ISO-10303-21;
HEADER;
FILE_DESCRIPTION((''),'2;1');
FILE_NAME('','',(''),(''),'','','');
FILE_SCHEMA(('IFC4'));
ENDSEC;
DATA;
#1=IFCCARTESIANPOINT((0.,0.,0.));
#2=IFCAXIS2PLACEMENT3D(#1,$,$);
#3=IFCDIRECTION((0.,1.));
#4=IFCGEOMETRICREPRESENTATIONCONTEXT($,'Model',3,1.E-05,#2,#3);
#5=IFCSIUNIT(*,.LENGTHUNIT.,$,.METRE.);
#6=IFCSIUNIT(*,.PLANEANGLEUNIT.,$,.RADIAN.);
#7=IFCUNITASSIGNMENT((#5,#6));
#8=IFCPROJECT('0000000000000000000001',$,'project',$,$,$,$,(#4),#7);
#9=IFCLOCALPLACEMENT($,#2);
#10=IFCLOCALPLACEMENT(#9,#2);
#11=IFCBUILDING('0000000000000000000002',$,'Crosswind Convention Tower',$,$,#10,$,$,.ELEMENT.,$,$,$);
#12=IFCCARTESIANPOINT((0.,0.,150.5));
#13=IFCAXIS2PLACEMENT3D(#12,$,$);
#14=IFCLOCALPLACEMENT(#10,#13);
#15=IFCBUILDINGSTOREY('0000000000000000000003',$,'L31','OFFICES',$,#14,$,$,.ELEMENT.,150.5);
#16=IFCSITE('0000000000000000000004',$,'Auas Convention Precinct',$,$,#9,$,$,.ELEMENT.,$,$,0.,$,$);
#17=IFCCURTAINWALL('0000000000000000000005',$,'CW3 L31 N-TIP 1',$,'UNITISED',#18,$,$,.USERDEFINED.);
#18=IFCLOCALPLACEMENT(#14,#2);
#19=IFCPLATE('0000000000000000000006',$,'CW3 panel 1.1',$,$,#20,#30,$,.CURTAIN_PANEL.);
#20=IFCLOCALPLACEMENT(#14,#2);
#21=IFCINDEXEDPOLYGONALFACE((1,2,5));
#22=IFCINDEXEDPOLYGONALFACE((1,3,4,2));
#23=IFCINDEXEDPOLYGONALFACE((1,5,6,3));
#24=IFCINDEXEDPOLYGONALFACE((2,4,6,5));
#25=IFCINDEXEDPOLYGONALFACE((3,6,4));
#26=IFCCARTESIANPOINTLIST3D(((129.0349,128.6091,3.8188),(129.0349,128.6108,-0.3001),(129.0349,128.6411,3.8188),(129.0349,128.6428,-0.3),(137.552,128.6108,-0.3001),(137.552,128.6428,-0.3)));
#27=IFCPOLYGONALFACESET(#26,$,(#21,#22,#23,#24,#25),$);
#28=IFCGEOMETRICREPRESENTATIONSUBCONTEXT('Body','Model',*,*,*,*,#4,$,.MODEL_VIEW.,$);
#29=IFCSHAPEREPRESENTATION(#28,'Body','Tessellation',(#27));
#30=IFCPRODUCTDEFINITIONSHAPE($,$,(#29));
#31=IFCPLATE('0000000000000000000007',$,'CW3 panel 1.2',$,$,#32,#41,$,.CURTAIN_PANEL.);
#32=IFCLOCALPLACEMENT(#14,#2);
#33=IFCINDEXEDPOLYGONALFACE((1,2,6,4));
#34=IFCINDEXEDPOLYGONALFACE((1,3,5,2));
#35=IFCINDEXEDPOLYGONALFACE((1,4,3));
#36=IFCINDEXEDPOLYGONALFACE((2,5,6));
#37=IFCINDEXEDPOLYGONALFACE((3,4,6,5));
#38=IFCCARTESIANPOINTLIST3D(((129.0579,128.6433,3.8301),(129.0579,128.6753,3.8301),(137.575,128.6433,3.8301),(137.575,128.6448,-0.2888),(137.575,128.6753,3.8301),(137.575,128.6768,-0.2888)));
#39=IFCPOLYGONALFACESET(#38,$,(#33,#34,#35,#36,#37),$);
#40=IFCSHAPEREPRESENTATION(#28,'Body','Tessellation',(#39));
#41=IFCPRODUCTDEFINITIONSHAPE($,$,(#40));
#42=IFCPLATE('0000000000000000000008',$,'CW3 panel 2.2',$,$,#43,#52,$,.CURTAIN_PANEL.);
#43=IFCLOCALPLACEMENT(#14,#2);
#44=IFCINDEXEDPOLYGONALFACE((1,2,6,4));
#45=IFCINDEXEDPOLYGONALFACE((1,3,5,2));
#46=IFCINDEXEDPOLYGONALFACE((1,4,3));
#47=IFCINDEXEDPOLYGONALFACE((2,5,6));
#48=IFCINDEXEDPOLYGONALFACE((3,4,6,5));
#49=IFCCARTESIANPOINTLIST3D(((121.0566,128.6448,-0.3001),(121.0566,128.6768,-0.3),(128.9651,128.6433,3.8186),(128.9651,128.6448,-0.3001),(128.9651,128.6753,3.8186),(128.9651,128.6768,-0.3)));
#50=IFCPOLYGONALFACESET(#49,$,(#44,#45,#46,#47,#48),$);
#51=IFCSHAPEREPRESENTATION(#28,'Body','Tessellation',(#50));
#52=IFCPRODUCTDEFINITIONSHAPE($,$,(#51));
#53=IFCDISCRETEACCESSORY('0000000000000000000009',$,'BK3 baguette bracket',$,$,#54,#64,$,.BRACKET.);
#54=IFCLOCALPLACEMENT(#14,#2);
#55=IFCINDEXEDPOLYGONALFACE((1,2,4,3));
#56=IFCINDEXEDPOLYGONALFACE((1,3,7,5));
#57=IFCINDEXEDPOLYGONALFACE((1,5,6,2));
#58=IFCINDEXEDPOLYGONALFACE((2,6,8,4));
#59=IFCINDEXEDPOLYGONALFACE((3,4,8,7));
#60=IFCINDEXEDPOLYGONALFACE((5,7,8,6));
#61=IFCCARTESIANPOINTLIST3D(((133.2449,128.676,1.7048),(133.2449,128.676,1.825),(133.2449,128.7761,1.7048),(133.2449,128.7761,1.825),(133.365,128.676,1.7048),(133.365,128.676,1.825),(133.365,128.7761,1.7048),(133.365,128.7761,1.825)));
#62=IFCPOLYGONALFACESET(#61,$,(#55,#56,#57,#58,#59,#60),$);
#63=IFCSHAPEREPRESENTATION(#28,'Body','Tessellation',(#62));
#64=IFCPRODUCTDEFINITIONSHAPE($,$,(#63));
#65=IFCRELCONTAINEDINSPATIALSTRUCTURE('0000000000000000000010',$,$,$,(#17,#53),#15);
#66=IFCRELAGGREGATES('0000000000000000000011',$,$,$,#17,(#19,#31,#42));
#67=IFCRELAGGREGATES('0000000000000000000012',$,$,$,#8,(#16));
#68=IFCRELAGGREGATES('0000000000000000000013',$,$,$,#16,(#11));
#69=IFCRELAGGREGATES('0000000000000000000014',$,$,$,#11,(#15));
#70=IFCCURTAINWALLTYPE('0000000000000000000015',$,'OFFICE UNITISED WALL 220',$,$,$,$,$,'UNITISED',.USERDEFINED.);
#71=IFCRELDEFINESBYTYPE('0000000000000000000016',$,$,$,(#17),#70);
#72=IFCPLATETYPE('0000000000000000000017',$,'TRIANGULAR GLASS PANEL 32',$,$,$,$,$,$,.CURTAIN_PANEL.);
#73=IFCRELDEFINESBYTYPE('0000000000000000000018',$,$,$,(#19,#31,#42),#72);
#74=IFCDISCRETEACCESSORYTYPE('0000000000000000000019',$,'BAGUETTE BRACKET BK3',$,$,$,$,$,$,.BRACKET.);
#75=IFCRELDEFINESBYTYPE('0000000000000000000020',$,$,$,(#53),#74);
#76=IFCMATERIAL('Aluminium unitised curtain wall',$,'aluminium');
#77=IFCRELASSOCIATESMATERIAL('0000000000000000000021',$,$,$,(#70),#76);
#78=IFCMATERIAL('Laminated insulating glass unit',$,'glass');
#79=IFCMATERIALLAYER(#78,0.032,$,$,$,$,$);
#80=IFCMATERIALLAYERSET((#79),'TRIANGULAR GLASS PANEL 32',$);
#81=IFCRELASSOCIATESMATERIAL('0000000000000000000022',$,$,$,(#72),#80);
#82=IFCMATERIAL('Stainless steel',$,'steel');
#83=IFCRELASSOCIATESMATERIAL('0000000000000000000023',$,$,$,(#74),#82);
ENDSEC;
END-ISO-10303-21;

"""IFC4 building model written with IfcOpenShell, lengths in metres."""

from ifc_helpers import new_model, si_unit, direction, frame, origin, origin_2d, place, context, subcontext, project, spatial, polyline, rectangle, outline, extrude, material, layer, layer_set, type_object, element, aggregate, save


model = new_model("IFC4")

# Units and contexts
model_context = context("Model", 3, precision=1e-05, world=origin(), true_north=direction((0.0, 1.0)))
body_context = subcontext(model_context, "Body", "Model", "MODEL_VIEW")
ifc_project = project(units=[si_unit("LENGTHUNIT", "METRE"), si_unit("PLANEANGLEUNIT", "RADIAN")], contexts=[model_context])

# Site, building, storey
site_placement = place(None, origin())
site = spatial("IfcSite", under=ifc_project, at=site_placement, Name="Auas Convention Precinct", CompositionType="ELEMENT", RefElevation=0.0)
building_placement = place(site_placement, origin())
building = spatial("IfcBuilding", under=site, at=building_placement, Name="Crosswind Convention Tower", CompositionType="ELEMENT")
storey_placement = place(building_placement, frame((0.0, 0.0, 150.5)))
storey = spatial("IfcBuildingStorey", under=building, at=storey_placement, Name="L31", Description="OFFICES", CompositionType="ELEMENT", Elevation=150.5)

# Curtain wall
ifc_material_1 = material(Name="Aluminium unitised curtain wall", Category="aluminium")
curtain_wall_type = type_object("IfcCurtainWallType", Name="OFFICE UNITISED WALL 220", ElementType="UNITISED", PredefinedType="USERDEFINED", material=ifc_material_1)
curtain_wall_placement = place(storey_placement, origin())
curtain_wall = element("IfcCurtainWall", 1, at=curtain_wall_placement, inside=storey, type_object=curtain_wall_type, Name="CW3 L31 N-TIP 1", ObjectType="UNITISED", PredefinedType="USERDEFINED")

# Plates
ifc_material_2 = material(Name="Laminated insulating glass unit", Category="glass")
ifc_layer = layer(ifc_material_2, 0.032)
ifc_layer_set = layer_set([ifc_layer], Name="TRIANGULAR GLASS PANEL 32")
plate_type = type_object("IfcPlateType", Name="TRIANGULAR GLASS PANEL 32", PredefinedType="CURTAIN_PANEL", material=ifc_layer_set)
plate_1_placement = place(storey_placement, frame((129.0349, 128.6428, -0.3), z_axis=(0.0, 1.0, 0.000415), x_axis=(0.0, -0.000415, 1.0)))
plate_1 = element("IfcPlate", 2, at=plate_1_placement, type_object=plate_type, Name="CW3 panel 1.1", PredefinedType="CURTAIN_PANEL", context=body_context, shape_type="SweptSolid", body=[
    extrude(outline(polyline([(0.0, 0.0), (4.1189, 0.0), (0.0, 8.5171), (0.0, 0.0)])), origin(), (0.0, 0.0, -1.0), 0.032),
])
plate_2_placement = place(storey_placement, frame((137.575, 128.6753, 3.8301), z_axis=(0.0, 1.0, 0.000356), x_axis=(0.0, 0.000356, -1.0)))
plate_2 = element("IfcPlate", 3, at=plate_2_placement, type_object=plate_type, Name="CW3 panel 1.2", PredefinedType="CURTAIN_PANEL", context=body_context, shape_type="SweptSolid", body=[
    extrude(outline(polyline([(0.0, 0.0), (4.1189, 0.0), (0.0, 8.5171), (0.0, 0.0)])), origin(), (0.0, 0.0, -1.0), 0.032),
])
plate_3_placement = place(storey_placement, frame((128.9651, 128.6768, -0.3), z_axis=(0.0, 1.0, 0.000356), x_axis=(-1.0, 0.0, 0.0)))
plate_3 = element("IfcPlate", 4, at=plate_3_placement, type_object=plate_type, Name="CW3 panel 2.2", PredefinedType="CURTAIN_PANEL", context=body_context, shape_type="SweptSolid", body=[
    extrude(outline(polyline([(0.0, 0.0), (7.9084, 0.0), (0.0, 4.1187), (0.0, 0.0)])), origin(), (0.0, 0.0, -1.0), 0.032),
])
aggregate(curtain_wall, [plate_1, plate_2, plate_3])

# Discrete accessory
ifc_material_3 = material(Name="Stainless steel", Category="steel")
discrete_accessory_type = type_object("IfcDiscreteAccessoryType", Name="BAGUETTE BRACKET BK3", PredefinedType="BRACKET", material=ifc_material_3)
discrete_accessory_placement = place(storey_placement, frame((133.3049, 128.7261, 1.7048), z_axis=(0.0, 0.0, 1.0), x_axis=(-1.0, 0.0, 0.0)))
element("IfcDiscreteAccessory", 5, at=discrete_accessory_placement, inside=storey, type_object=discrete_accessory_type, Name="BK3 baguette bracket", PredefinedType="BRACKET", context=body_context, shape_type="SweptSolid", body=[
    extrude(rectangle(XDim=0.1201, YDim=0.1001, at=origin_2d()), origin(), (0.0, 0.0, 1.0), 0.1201),
])

save(model, "model.ifc")
